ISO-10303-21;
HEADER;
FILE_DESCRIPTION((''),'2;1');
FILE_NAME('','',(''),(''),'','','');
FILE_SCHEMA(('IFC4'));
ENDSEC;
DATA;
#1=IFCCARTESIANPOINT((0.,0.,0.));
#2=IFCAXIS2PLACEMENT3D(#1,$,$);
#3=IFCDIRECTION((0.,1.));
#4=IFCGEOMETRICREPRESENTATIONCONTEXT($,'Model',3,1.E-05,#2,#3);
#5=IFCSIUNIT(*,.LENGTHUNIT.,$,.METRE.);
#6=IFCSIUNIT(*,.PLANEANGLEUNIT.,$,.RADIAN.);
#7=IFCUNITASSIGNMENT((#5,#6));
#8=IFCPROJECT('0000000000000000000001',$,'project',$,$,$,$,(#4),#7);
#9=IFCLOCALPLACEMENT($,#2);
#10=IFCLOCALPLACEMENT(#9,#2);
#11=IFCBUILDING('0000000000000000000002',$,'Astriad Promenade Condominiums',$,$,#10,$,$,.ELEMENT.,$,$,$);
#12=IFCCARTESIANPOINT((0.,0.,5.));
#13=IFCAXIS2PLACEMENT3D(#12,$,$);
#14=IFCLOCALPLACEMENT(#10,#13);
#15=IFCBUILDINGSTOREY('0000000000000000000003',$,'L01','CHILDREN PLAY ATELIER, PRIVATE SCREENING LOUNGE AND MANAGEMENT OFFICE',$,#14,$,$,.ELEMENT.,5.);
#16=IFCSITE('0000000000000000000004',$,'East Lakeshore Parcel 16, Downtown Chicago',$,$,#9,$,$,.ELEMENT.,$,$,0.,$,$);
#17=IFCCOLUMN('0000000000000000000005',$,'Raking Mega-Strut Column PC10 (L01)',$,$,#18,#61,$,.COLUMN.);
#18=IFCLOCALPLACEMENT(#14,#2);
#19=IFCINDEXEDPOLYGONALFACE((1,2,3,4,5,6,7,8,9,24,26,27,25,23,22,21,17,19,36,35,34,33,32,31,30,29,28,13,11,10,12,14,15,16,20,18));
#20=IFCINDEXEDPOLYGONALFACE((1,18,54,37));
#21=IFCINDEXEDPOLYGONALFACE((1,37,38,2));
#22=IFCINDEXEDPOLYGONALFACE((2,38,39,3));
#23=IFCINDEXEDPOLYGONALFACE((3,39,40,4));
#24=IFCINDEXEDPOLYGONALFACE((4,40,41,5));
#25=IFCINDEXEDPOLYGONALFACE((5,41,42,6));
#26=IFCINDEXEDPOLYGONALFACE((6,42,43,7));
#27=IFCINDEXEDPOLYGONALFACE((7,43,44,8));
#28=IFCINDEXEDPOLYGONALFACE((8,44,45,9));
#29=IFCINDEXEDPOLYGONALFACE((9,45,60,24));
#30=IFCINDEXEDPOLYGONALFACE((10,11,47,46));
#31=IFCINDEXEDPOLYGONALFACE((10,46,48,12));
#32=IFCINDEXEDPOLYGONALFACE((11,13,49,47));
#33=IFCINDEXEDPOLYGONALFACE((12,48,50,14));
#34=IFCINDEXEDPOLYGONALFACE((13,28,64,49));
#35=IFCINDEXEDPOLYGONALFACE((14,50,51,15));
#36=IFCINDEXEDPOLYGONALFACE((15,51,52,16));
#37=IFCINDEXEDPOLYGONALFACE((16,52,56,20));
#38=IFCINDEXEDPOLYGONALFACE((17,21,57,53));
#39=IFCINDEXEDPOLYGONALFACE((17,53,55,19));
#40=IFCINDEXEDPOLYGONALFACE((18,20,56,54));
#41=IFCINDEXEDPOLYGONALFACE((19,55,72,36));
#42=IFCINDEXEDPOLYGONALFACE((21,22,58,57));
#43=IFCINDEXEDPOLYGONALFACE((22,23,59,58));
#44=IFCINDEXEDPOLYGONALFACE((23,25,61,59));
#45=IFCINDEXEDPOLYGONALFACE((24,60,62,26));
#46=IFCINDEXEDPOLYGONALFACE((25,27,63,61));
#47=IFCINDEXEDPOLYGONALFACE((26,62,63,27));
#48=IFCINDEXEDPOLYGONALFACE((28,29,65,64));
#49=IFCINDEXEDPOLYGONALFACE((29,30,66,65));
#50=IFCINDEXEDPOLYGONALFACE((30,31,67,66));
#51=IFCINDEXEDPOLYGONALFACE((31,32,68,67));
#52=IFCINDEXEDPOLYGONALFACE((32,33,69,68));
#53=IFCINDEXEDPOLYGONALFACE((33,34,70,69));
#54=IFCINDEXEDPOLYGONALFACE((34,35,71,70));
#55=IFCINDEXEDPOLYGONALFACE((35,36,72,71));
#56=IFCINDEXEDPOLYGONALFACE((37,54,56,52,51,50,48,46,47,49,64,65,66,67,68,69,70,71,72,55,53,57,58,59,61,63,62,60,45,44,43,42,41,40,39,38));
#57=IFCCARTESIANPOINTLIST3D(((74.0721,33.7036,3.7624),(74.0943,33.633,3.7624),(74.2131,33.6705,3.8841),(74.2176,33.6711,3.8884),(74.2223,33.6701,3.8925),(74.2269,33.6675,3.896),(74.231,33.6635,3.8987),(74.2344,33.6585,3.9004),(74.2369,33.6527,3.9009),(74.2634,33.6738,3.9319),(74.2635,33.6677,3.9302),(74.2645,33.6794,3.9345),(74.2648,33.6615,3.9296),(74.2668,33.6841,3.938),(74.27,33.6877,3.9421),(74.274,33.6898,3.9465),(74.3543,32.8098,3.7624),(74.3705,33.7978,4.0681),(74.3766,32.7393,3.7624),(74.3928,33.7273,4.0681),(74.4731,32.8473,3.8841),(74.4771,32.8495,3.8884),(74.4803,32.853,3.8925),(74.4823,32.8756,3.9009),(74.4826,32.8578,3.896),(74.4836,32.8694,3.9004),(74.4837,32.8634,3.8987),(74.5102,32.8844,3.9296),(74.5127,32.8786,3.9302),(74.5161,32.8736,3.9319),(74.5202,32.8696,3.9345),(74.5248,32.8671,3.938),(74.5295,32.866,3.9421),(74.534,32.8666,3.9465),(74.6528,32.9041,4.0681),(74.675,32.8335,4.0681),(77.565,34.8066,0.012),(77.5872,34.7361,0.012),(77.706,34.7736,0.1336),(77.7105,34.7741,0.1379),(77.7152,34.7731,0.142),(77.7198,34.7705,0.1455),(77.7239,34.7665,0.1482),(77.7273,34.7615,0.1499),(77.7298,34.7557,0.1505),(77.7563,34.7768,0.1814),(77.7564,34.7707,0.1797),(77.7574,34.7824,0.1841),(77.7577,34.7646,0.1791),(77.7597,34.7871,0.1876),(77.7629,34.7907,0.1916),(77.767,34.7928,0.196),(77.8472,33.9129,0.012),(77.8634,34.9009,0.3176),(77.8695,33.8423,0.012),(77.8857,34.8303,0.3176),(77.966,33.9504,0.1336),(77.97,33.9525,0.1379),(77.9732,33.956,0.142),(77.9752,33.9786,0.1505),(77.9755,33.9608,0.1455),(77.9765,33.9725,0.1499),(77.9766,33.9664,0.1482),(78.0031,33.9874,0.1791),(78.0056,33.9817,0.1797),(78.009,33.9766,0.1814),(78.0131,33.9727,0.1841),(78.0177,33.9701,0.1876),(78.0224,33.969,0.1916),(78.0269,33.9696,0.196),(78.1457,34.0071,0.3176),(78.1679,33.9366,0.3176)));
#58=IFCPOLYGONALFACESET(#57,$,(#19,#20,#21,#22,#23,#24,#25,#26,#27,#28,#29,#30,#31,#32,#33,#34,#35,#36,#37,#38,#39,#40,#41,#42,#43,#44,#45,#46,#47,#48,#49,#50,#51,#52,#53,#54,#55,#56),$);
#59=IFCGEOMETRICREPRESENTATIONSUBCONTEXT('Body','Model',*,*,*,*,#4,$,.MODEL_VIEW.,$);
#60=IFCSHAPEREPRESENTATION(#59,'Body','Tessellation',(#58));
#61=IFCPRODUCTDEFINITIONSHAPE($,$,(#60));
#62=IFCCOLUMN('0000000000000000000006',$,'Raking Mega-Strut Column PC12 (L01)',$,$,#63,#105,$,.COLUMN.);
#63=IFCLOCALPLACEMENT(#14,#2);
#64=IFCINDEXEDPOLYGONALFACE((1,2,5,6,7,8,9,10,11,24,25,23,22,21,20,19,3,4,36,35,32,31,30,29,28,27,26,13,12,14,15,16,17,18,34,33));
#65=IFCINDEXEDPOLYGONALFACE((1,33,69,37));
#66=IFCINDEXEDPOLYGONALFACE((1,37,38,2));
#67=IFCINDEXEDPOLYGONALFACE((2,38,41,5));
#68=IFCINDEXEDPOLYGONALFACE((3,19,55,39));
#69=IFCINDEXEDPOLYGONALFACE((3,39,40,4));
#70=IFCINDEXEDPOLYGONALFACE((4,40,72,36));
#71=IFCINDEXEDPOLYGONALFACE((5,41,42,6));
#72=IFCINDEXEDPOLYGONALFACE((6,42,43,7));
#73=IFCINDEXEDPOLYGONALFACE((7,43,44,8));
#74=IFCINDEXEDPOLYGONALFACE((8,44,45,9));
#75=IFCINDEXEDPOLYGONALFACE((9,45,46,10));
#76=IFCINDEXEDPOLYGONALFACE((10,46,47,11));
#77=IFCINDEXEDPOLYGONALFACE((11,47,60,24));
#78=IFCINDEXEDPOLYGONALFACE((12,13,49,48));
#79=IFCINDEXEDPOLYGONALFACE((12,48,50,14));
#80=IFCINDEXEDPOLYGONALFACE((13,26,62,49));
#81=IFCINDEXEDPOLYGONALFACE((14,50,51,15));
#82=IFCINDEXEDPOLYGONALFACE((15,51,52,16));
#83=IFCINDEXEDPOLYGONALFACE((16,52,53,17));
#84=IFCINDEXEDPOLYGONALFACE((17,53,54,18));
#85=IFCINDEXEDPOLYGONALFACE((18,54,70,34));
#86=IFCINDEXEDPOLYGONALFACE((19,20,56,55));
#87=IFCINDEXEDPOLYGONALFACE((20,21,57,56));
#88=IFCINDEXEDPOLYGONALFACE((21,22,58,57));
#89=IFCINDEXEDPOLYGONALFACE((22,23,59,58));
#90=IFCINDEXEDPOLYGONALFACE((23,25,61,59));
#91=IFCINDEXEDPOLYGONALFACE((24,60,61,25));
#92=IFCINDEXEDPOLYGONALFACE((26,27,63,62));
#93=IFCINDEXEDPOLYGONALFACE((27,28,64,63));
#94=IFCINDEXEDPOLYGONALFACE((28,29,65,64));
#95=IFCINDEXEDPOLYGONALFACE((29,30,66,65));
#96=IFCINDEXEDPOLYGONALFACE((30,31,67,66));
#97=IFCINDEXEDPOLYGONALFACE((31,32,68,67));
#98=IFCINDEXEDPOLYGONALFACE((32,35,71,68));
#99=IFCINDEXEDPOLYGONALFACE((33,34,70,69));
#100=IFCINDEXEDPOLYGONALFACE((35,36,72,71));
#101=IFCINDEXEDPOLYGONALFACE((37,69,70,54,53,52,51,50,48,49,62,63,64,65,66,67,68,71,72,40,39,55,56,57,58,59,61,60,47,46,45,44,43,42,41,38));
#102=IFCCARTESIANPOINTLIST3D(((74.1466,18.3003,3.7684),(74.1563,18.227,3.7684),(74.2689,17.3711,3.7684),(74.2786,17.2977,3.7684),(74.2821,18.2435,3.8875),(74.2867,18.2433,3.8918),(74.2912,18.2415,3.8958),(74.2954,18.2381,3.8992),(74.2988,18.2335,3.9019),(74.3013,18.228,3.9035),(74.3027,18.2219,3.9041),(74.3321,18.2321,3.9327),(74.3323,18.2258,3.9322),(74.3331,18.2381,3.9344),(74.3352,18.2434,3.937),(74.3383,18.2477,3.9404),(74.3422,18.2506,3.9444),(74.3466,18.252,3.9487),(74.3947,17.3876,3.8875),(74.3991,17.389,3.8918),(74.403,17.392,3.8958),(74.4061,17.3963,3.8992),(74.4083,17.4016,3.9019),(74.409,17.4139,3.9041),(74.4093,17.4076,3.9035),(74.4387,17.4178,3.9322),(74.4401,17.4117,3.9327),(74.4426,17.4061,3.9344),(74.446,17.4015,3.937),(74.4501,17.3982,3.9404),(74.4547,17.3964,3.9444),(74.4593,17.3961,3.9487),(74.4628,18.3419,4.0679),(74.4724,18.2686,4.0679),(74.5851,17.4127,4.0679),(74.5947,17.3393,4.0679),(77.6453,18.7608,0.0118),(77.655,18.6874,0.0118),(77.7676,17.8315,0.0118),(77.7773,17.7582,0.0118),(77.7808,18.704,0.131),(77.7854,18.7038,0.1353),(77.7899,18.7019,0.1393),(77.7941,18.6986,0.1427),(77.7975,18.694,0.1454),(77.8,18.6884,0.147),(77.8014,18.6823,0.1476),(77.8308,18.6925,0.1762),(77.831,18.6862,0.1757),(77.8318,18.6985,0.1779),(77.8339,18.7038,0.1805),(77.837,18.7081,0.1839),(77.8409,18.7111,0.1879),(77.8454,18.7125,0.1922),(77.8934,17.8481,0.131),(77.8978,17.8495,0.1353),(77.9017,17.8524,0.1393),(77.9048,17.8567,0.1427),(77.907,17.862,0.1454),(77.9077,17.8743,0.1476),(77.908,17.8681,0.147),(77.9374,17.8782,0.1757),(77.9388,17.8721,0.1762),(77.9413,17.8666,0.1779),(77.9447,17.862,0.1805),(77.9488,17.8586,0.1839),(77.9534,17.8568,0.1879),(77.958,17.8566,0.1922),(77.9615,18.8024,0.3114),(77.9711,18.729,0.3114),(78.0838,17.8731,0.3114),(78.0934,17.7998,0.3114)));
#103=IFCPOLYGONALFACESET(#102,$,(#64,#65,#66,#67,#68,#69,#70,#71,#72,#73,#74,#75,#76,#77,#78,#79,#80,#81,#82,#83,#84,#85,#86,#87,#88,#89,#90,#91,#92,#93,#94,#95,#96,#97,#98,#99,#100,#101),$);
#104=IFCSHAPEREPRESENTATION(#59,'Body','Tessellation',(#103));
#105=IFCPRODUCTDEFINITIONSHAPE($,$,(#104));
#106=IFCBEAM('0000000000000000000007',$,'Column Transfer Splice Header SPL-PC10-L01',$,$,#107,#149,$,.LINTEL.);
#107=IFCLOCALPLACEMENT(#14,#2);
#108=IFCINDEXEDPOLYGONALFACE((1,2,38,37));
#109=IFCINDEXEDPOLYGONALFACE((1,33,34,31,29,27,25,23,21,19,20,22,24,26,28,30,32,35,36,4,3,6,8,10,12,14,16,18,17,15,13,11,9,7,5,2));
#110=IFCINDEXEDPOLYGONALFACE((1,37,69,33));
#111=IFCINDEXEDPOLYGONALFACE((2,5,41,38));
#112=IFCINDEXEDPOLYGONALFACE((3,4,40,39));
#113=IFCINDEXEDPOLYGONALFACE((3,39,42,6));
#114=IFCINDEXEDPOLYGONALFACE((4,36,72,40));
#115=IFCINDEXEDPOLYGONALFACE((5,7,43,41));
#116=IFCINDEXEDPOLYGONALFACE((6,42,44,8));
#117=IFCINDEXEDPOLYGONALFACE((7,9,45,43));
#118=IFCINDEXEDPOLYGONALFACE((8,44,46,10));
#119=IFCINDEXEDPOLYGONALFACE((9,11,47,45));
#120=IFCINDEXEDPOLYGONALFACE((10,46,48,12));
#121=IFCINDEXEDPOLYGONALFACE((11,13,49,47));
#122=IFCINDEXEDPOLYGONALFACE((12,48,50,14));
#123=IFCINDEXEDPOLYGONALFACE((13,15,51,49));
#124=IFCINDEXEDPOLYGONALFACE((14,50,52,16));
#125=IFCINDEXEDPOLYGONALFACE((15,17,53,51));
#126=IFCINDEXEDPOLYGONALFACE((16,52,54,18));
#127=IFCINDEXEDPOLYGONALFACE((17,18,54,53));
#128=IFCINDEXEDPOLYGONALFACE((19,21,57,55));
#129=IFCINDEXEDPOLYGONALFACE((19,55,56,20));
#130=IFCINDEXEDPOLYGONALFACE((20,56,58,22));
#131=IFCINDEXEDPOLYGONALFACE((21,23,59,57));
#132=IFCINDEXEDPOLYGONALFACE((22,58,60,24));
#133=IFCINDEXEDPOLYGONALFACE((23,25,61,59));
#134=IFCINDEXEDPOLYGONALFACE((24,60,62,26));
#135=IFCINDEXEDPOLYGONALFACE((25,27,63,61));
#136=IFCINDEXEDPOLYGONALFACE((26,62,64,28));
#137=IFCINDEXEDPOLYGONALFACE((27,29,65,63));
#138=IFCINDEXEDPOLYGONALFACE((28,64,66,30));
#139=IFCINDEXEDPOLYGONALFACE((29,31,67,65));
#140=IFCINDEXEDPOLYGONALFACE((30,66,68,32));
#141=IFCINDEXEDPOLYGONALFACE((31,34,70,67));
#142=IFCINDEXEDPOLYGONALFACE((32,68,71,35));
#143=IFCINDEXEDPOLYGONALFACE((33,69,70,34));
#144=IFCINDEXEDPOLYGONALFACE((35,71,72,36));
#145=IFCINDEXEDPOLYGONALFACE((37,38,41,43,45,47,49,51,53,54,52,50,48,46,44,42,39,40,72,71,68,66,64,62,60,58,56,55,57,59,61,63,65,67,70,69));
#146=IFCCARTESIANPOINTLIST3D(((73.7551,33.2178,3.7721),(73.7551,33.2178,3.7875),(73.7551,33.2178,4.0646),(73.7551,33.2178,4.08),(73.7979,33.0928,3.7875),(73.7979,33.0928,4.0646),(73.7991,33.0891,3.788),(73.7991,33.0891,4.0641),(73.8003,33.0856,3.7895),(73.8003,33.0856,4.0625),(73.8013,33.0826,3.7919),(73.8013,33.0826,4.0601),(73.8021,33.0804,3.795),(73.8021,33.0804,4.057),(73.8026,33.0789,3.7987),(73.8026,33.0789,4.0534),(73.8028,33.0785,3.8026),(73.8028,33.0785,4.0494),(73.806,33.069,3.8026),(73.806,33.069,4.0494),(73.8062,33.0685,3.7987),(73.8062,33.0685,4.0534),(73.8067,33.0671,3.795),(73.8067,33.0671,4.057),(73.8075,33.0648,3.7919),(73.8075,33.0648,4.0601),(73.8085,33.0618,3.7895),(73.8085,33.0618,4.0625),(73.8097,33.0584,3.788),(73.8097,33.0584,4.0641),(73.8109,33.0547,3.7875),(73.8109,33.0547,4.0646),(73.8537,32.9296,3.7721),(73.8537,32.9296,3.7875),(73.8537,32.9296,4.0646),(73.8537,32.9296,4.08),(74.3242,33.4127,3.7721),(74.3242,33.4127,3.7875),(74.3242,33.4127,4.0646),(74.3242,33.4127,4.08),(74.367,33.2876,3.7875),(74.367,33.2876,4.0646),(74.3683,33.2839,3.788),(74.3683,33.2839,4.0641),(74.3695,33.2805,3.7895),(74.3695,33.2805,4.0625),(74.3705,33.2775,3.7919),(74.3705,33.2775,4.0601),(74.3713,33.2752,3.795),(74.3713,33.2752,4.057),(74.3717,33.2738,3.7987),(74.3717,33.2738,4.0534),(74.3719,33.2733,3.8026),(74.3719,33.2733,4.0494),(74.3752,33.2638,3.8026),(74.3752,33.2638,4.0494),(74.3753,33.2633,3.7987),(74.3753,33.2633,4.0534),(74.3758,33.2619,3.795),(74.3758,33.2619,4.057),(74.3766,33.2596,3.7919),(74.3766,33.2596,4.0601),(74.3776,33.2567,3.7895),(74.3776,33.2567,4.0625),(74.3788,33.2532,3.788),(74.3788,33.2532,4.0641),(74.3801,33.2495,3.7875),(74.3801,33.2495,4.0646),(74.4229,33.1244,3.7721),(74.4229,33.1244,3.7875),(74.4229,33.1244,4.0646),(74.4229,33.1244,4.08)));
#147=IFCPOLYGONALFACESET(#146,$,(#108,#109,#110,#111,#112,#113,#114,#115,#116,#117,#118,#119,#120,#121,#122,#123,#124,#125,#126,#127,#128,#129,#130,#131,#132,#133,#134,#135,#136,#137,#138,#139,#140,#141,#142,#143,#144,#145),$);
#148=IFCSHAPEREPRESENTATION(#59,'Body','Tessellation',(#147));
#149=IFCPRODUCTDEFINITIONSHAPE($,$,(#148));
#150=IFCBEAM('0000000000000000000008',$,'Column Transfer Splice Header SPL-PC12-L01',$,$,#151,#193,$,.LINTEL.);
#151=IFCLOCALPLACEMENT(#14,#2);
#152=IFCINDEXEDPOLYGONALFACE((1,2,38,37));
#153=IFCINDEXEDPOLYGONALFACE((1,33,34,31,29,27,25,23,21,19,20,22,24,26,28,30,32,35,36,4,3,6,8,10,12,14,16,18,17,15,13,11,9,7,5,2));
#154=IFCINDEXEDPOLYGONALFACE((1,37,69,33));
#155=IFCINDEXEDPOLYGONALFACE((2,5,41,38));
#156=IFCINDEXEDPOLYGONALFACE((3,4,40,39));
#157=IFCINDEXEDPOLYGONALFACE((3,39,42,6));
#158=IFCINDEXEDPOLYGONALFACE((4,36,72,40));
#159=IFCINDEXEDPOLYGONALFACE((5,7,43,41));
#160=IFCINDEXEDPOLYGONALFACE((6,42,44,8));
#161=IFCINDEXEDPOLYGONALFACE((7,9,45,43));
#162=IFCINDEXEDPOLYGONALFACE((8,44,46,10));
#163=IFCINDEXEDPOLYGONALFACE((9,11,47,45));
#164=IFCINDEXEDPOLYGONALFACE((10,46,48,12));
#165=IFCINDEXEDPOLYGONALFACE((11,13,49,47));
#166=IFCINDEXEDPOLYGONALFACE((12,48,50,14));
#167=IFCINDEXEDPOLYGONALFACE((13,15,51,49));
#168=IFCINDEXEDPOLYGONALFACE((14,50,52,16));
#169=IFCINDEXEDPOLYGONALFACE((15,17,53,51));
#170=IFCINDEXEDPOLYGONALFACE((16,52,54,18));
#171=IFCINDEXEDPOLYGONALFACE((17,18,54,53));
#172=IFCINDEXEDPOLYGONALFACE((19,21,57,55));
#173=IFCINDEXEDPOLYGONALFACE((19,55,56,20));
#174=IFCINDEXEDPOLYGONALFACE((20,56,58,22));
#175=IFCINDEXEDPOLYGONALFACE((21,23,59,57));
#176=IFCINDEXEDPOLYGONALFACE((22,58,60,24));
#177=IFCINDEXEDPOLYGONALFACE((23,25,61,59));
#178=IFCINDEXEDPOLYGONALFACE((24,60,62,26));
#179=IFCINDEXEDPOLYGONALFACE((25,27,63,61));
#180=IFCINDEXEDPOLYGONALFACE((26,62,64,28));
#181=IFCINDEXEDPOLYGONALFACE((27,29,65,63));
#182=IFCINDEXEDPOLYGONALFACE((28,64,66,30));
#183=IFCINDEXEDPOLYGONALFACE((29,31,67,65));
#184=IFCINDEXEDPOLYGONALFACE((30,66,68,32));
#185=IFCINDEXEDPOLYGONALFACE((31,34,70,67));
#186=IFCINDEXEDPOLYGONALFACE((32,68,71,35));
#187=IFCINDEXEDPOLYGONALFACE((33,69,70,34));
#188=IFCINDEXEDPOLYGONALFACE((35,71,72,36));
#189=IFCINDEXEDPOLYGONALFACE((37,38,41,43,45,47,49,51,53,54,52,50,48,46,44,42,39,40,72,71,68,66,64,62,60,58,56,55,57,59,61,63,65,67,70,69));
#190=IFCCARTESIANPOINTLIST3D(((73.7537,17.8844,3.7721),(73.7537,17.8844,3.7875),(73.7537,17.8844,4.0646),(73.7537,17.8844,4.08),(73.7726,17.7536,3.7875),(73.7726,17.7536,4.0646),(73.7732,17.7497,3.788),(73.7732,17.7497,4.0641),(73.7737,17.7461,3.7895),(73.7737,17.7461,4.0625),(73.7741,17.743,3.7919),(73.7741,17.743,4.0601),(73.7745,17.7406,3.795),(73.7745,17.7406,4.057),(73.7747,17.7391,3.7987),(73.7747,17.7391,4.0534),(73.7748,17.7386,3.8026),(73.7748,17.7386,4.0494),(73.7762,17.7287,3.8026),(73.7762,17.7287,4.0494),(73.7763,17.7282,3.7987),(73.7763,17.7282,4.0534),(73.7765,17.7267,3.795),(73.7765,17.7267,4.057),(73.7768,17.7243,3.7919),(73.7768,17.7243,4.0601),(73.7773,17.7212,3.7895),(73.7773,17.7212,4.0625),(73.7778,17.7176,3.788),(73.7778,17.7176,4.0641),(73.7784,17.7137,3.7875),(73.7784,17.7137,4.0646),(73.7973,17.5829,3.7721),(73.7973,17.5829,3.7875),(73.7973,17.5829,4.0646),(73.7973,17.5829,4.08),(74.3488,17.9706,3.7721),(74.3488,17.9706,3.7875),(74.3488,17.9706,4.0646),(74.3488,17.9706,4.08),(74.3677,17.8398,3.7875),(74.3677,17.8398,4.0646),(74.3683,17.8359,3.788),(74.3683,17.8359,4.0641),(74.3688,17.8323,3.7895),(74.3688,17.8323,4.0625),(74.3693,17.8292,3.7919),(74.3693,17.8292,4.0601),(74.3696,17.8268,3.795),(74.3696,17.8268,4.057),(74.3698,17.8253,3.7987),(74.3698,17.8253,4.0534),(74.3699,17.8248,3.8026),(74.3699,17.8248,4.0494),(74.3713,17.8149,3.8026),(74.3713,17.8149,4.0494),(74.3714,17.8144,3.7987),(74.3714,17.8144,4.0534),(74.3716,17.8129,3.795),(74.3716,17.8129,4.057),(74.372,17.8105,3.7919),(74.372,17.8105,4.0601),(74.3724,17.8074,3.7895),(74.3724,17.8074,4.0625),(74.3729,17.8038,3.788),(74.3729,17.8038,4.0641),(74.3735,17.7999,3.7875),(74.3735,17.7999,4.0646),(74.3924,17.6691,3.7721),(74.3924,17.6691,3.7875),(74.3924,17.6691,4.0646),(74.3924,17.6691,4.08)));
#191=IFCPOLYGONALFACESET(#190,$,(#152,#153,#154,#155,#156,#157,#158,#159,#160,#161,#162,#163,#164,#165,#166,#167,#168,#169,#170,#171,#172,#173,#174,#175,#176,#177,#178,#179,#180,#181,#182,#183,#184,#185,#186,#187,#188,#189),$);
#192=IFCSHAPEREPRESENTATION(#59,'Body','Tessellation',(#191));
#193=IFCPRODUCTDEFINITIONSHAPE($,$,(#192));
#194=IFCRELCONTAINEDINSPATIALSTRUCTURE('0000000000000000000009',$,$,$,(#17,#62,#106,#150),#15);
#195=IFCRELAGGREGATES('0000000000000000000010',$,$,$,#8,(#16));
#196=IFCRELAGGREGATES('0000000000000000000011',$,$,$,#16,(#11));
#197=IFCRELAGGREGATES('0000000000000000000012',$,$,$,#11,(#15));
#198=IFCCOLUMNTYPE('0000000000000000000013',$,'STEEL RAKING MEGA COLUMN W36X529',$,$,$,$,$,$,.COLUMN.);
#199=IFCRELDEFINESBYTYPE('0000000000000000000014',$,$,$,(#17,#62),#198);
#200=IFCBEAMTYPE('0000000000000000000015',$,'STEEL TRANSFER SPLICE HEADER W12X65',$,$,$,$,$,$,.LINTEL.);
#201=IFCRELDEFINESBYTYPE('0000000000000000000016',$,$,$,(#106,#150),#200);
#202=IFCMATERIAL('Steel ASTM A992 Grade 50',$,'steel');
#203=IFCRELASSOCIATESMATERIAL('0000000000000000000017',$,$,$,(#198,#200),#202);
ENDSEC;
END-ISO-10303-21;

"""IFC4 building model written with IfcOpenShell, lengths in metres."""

from ifc_helpers import new_model, si_unit, direction, frame, origin, origin_2d, place, context, subcontext, project, spatial, i_section, extrude, source, transform, mapped, material, material_profile, profile_set, type_object, type_shapes, element, save


model = new_model("IFC4")

# Units and contexts
model_context = context("Model", 3, precision=1e-05, world=origin(), true_north=direction((0.0, 1.0)))
body_context = subcontext(model_context, "Body", "Model", "MODEL_VIEW")
ifc_project = project(units=[si_unit("LENGTHUNIT", "METRE"), si_unit("PLANEANGLEUNIT", "RADIAN")], contexts=[model_context])

# Site, building, storey
site_placement = place(None, origin())
site = spatial("IfcSite", under=ifc_project, at=site_placement, Name="East Lakeshore Parcel 16, Downtown Chicago", CompositionType="ELEMENT", RefElevation=0.0)
building_placement = place(site_placement, origin())
building = spatial("IfcBuilding", under=site, at=building_placement, Name="Astriad Promenade Condominiums", CompositionType="ELEMENT")
storey_placement = place(building_placement, frame((0.0, 0.0, 5.0)))
storey = spatial("IfcBuildingStorey", under=building, at=storey_placement, Name="L01", Description="CHILDREN PLAY ATELIER, PRIVATE SCREENING LOUNGE AND MANAGEMENT OFFICE", CompositionType="ELEMENT", Elevation=5.0)

# Columns
ifc_material_1 = material(Name="Steel ASTM A992 Grade 50", Category="steel")
ifc_material_profile_1 = material_profile(ifc_material_1, i_section(OverallWidth=0.4375, OverallDepth=1.0112, WebThickness=0.041, FlangeThickness=0.074, FilletRadius=0.0242, at=origin_2d()), Name="W36X529")
ifc_profile_set_1 = profile_set([ifc_material_profile_1], Name="Steel ASTM A992 Grade 50")
column_type = type_object("IfcColumnType", Name="STEEL RAKING MEGA COLUMN W36X529", PredefinedType="COLUMN", material=ifc_profile_set_1)
shared_shape_1 = source(origin(), body_context, "Body", "SweptSolid", [
    extrude(i_section(OverallWidth=0.4375, OverallDepth=1.0112, WebThickness=0.041, FlangeThickness=0.074, FilletRadius=0.0242, at=origin_2d()), origin(), (0.0, 0.0, 1.0), 5.2424),
])
column_1_placement = place(storey_placement, frame((77.8665, 34.3716, 0.1648), z_axis=(-0.666276, -0.210403, 0.715407), x_axis=(0.6822, 0.215431, 0.698708)))
element("IfcColumn", 1, at=column_1_placement, inside=storey, type_object=column_type, Name="Raking Mega-Strut Column PC10 (L01)", PredefinedType="COLUMN", context=body_context, shape_type="MappedRepresentation", body=[
    mapped(shared_shape_1, transform((0.0, 0.0, 0.0), scale=1.0)),
])
shared_shape_2 = source(origin(), body_context, "Body", "SweptSolid", [
    extrude(i_section(OverallWidth=0.4375, OverallDepth=1.0112, WebThickness=0.041, FlangeThickness=0.074, FilletRadius=0.0242, at=origin_2d()), origin(), (0.0, 0.0, 1.0), 5.1541),
])
type_shapes(column_type, [shared_shape_1, shared_shape_2])
column_2_placement = place(storey_placement, frame((77.8694, 18.2803, 0.1616), z_axis=(-0.678825, -0.089335, 0.728845), x_axis=(0.722615, 0.095098, 0.684678)))
element("IfcColumn", 2, at=column_2_placement, inside=storey, type_object=column_type, Name="Raking Mega-Strut Column PC12 (L01)", PredefinedType="COLUMN", context=body_context, shape_type="MappedRepresentation", body=[
    mapped(shared_shape_2, transform((0.0, 0.0, 0.0), scale=1.0)),
])

# Beams
ifc_material_profile_2 = material_profile(ifc_material_1, i_section(OverallWidth=0.3047, OverallDepth=0.3079, WebThickness=0.01, FlangeThickness=0.0154, FilletRadius=0.0151, at=origin_2d()), Name="W12X65")
ifc_profile_set_2 = profile_set([ifc_material_profile_2], Name="Steel ASTM A992 Grade 50")
beam_type_1 = type_object("IfcBeamType", Name="STEEL TRANSFER SPLICE HEADER W12X65", PredefinedType="LINTEL", material=ifc_profile_set_2)
shared_shape_3 = source(origin(), body_context, "Body", "SweptSolid", [
    extrude(i_section(OverallWidth=0.3047, OverallDepth=0.3079, WebThickness=0.01, FlangeThickness=0.0154, FilletRadius=0.0151, at=origin_2d()), origin(), (0.0, 0.0, 1.0), 0.6016),
])
beam_1_placement = place(storey_placement, frame((74.3735, 33.2686, 3.926), z_axis=(-0.946095, -0.323888, 0.0), x_axis=(0.323888, -0.946095, 0.0)))
element("IfcBeam", 3, at=beam_1_placement, inside=storey, type_object=beam_type_1, Name="Column Transfer Splice Header SPL-PC10-L01", PredefinedType="LINTEL", context=body_context, shape_type="MappedRepresentation", body=[
    mapped(shared_shape_3, transform((0.0, 0.0, 0.0), scale=1.0)),
])
shared_shape_4 = source(origin(), body_context, "Body", "SweptSolid", [
    extrude(i_section(OverallWidth=0.3047, OverallDepth=0.3079, WebThickness=0.01, FlangeThickness=0.0154, FilletRadius=0.0151, at=origin_2d()), origin(), (0.0, 0.0, 1.0), 0.6013),
])
type_shapes(beam_type_1, [shared_shape_3, shared_shape_4])
beam_2_placement = place(storey_placement, frame((74.3706, 17.8198, 3.926), z_axis=(-0.98968, -0.143297, 0.0), x_axis=(0.143297, -0.98968, 0.0)))
element("IfcBeam", 4, at=beam_2_placement, inside=storey, type_object=beam_type_1, Name="Column Transfer Splice Header SPL-PC12-L01", PredefinedType="LINTEL", context=body_context, shape_type="MappedRepresentation", body=[
    mapped(shared_shape_4, transform((0.0, 0.0, 0.0), scale=1.0)),
])

save(model, "model.ifc")
